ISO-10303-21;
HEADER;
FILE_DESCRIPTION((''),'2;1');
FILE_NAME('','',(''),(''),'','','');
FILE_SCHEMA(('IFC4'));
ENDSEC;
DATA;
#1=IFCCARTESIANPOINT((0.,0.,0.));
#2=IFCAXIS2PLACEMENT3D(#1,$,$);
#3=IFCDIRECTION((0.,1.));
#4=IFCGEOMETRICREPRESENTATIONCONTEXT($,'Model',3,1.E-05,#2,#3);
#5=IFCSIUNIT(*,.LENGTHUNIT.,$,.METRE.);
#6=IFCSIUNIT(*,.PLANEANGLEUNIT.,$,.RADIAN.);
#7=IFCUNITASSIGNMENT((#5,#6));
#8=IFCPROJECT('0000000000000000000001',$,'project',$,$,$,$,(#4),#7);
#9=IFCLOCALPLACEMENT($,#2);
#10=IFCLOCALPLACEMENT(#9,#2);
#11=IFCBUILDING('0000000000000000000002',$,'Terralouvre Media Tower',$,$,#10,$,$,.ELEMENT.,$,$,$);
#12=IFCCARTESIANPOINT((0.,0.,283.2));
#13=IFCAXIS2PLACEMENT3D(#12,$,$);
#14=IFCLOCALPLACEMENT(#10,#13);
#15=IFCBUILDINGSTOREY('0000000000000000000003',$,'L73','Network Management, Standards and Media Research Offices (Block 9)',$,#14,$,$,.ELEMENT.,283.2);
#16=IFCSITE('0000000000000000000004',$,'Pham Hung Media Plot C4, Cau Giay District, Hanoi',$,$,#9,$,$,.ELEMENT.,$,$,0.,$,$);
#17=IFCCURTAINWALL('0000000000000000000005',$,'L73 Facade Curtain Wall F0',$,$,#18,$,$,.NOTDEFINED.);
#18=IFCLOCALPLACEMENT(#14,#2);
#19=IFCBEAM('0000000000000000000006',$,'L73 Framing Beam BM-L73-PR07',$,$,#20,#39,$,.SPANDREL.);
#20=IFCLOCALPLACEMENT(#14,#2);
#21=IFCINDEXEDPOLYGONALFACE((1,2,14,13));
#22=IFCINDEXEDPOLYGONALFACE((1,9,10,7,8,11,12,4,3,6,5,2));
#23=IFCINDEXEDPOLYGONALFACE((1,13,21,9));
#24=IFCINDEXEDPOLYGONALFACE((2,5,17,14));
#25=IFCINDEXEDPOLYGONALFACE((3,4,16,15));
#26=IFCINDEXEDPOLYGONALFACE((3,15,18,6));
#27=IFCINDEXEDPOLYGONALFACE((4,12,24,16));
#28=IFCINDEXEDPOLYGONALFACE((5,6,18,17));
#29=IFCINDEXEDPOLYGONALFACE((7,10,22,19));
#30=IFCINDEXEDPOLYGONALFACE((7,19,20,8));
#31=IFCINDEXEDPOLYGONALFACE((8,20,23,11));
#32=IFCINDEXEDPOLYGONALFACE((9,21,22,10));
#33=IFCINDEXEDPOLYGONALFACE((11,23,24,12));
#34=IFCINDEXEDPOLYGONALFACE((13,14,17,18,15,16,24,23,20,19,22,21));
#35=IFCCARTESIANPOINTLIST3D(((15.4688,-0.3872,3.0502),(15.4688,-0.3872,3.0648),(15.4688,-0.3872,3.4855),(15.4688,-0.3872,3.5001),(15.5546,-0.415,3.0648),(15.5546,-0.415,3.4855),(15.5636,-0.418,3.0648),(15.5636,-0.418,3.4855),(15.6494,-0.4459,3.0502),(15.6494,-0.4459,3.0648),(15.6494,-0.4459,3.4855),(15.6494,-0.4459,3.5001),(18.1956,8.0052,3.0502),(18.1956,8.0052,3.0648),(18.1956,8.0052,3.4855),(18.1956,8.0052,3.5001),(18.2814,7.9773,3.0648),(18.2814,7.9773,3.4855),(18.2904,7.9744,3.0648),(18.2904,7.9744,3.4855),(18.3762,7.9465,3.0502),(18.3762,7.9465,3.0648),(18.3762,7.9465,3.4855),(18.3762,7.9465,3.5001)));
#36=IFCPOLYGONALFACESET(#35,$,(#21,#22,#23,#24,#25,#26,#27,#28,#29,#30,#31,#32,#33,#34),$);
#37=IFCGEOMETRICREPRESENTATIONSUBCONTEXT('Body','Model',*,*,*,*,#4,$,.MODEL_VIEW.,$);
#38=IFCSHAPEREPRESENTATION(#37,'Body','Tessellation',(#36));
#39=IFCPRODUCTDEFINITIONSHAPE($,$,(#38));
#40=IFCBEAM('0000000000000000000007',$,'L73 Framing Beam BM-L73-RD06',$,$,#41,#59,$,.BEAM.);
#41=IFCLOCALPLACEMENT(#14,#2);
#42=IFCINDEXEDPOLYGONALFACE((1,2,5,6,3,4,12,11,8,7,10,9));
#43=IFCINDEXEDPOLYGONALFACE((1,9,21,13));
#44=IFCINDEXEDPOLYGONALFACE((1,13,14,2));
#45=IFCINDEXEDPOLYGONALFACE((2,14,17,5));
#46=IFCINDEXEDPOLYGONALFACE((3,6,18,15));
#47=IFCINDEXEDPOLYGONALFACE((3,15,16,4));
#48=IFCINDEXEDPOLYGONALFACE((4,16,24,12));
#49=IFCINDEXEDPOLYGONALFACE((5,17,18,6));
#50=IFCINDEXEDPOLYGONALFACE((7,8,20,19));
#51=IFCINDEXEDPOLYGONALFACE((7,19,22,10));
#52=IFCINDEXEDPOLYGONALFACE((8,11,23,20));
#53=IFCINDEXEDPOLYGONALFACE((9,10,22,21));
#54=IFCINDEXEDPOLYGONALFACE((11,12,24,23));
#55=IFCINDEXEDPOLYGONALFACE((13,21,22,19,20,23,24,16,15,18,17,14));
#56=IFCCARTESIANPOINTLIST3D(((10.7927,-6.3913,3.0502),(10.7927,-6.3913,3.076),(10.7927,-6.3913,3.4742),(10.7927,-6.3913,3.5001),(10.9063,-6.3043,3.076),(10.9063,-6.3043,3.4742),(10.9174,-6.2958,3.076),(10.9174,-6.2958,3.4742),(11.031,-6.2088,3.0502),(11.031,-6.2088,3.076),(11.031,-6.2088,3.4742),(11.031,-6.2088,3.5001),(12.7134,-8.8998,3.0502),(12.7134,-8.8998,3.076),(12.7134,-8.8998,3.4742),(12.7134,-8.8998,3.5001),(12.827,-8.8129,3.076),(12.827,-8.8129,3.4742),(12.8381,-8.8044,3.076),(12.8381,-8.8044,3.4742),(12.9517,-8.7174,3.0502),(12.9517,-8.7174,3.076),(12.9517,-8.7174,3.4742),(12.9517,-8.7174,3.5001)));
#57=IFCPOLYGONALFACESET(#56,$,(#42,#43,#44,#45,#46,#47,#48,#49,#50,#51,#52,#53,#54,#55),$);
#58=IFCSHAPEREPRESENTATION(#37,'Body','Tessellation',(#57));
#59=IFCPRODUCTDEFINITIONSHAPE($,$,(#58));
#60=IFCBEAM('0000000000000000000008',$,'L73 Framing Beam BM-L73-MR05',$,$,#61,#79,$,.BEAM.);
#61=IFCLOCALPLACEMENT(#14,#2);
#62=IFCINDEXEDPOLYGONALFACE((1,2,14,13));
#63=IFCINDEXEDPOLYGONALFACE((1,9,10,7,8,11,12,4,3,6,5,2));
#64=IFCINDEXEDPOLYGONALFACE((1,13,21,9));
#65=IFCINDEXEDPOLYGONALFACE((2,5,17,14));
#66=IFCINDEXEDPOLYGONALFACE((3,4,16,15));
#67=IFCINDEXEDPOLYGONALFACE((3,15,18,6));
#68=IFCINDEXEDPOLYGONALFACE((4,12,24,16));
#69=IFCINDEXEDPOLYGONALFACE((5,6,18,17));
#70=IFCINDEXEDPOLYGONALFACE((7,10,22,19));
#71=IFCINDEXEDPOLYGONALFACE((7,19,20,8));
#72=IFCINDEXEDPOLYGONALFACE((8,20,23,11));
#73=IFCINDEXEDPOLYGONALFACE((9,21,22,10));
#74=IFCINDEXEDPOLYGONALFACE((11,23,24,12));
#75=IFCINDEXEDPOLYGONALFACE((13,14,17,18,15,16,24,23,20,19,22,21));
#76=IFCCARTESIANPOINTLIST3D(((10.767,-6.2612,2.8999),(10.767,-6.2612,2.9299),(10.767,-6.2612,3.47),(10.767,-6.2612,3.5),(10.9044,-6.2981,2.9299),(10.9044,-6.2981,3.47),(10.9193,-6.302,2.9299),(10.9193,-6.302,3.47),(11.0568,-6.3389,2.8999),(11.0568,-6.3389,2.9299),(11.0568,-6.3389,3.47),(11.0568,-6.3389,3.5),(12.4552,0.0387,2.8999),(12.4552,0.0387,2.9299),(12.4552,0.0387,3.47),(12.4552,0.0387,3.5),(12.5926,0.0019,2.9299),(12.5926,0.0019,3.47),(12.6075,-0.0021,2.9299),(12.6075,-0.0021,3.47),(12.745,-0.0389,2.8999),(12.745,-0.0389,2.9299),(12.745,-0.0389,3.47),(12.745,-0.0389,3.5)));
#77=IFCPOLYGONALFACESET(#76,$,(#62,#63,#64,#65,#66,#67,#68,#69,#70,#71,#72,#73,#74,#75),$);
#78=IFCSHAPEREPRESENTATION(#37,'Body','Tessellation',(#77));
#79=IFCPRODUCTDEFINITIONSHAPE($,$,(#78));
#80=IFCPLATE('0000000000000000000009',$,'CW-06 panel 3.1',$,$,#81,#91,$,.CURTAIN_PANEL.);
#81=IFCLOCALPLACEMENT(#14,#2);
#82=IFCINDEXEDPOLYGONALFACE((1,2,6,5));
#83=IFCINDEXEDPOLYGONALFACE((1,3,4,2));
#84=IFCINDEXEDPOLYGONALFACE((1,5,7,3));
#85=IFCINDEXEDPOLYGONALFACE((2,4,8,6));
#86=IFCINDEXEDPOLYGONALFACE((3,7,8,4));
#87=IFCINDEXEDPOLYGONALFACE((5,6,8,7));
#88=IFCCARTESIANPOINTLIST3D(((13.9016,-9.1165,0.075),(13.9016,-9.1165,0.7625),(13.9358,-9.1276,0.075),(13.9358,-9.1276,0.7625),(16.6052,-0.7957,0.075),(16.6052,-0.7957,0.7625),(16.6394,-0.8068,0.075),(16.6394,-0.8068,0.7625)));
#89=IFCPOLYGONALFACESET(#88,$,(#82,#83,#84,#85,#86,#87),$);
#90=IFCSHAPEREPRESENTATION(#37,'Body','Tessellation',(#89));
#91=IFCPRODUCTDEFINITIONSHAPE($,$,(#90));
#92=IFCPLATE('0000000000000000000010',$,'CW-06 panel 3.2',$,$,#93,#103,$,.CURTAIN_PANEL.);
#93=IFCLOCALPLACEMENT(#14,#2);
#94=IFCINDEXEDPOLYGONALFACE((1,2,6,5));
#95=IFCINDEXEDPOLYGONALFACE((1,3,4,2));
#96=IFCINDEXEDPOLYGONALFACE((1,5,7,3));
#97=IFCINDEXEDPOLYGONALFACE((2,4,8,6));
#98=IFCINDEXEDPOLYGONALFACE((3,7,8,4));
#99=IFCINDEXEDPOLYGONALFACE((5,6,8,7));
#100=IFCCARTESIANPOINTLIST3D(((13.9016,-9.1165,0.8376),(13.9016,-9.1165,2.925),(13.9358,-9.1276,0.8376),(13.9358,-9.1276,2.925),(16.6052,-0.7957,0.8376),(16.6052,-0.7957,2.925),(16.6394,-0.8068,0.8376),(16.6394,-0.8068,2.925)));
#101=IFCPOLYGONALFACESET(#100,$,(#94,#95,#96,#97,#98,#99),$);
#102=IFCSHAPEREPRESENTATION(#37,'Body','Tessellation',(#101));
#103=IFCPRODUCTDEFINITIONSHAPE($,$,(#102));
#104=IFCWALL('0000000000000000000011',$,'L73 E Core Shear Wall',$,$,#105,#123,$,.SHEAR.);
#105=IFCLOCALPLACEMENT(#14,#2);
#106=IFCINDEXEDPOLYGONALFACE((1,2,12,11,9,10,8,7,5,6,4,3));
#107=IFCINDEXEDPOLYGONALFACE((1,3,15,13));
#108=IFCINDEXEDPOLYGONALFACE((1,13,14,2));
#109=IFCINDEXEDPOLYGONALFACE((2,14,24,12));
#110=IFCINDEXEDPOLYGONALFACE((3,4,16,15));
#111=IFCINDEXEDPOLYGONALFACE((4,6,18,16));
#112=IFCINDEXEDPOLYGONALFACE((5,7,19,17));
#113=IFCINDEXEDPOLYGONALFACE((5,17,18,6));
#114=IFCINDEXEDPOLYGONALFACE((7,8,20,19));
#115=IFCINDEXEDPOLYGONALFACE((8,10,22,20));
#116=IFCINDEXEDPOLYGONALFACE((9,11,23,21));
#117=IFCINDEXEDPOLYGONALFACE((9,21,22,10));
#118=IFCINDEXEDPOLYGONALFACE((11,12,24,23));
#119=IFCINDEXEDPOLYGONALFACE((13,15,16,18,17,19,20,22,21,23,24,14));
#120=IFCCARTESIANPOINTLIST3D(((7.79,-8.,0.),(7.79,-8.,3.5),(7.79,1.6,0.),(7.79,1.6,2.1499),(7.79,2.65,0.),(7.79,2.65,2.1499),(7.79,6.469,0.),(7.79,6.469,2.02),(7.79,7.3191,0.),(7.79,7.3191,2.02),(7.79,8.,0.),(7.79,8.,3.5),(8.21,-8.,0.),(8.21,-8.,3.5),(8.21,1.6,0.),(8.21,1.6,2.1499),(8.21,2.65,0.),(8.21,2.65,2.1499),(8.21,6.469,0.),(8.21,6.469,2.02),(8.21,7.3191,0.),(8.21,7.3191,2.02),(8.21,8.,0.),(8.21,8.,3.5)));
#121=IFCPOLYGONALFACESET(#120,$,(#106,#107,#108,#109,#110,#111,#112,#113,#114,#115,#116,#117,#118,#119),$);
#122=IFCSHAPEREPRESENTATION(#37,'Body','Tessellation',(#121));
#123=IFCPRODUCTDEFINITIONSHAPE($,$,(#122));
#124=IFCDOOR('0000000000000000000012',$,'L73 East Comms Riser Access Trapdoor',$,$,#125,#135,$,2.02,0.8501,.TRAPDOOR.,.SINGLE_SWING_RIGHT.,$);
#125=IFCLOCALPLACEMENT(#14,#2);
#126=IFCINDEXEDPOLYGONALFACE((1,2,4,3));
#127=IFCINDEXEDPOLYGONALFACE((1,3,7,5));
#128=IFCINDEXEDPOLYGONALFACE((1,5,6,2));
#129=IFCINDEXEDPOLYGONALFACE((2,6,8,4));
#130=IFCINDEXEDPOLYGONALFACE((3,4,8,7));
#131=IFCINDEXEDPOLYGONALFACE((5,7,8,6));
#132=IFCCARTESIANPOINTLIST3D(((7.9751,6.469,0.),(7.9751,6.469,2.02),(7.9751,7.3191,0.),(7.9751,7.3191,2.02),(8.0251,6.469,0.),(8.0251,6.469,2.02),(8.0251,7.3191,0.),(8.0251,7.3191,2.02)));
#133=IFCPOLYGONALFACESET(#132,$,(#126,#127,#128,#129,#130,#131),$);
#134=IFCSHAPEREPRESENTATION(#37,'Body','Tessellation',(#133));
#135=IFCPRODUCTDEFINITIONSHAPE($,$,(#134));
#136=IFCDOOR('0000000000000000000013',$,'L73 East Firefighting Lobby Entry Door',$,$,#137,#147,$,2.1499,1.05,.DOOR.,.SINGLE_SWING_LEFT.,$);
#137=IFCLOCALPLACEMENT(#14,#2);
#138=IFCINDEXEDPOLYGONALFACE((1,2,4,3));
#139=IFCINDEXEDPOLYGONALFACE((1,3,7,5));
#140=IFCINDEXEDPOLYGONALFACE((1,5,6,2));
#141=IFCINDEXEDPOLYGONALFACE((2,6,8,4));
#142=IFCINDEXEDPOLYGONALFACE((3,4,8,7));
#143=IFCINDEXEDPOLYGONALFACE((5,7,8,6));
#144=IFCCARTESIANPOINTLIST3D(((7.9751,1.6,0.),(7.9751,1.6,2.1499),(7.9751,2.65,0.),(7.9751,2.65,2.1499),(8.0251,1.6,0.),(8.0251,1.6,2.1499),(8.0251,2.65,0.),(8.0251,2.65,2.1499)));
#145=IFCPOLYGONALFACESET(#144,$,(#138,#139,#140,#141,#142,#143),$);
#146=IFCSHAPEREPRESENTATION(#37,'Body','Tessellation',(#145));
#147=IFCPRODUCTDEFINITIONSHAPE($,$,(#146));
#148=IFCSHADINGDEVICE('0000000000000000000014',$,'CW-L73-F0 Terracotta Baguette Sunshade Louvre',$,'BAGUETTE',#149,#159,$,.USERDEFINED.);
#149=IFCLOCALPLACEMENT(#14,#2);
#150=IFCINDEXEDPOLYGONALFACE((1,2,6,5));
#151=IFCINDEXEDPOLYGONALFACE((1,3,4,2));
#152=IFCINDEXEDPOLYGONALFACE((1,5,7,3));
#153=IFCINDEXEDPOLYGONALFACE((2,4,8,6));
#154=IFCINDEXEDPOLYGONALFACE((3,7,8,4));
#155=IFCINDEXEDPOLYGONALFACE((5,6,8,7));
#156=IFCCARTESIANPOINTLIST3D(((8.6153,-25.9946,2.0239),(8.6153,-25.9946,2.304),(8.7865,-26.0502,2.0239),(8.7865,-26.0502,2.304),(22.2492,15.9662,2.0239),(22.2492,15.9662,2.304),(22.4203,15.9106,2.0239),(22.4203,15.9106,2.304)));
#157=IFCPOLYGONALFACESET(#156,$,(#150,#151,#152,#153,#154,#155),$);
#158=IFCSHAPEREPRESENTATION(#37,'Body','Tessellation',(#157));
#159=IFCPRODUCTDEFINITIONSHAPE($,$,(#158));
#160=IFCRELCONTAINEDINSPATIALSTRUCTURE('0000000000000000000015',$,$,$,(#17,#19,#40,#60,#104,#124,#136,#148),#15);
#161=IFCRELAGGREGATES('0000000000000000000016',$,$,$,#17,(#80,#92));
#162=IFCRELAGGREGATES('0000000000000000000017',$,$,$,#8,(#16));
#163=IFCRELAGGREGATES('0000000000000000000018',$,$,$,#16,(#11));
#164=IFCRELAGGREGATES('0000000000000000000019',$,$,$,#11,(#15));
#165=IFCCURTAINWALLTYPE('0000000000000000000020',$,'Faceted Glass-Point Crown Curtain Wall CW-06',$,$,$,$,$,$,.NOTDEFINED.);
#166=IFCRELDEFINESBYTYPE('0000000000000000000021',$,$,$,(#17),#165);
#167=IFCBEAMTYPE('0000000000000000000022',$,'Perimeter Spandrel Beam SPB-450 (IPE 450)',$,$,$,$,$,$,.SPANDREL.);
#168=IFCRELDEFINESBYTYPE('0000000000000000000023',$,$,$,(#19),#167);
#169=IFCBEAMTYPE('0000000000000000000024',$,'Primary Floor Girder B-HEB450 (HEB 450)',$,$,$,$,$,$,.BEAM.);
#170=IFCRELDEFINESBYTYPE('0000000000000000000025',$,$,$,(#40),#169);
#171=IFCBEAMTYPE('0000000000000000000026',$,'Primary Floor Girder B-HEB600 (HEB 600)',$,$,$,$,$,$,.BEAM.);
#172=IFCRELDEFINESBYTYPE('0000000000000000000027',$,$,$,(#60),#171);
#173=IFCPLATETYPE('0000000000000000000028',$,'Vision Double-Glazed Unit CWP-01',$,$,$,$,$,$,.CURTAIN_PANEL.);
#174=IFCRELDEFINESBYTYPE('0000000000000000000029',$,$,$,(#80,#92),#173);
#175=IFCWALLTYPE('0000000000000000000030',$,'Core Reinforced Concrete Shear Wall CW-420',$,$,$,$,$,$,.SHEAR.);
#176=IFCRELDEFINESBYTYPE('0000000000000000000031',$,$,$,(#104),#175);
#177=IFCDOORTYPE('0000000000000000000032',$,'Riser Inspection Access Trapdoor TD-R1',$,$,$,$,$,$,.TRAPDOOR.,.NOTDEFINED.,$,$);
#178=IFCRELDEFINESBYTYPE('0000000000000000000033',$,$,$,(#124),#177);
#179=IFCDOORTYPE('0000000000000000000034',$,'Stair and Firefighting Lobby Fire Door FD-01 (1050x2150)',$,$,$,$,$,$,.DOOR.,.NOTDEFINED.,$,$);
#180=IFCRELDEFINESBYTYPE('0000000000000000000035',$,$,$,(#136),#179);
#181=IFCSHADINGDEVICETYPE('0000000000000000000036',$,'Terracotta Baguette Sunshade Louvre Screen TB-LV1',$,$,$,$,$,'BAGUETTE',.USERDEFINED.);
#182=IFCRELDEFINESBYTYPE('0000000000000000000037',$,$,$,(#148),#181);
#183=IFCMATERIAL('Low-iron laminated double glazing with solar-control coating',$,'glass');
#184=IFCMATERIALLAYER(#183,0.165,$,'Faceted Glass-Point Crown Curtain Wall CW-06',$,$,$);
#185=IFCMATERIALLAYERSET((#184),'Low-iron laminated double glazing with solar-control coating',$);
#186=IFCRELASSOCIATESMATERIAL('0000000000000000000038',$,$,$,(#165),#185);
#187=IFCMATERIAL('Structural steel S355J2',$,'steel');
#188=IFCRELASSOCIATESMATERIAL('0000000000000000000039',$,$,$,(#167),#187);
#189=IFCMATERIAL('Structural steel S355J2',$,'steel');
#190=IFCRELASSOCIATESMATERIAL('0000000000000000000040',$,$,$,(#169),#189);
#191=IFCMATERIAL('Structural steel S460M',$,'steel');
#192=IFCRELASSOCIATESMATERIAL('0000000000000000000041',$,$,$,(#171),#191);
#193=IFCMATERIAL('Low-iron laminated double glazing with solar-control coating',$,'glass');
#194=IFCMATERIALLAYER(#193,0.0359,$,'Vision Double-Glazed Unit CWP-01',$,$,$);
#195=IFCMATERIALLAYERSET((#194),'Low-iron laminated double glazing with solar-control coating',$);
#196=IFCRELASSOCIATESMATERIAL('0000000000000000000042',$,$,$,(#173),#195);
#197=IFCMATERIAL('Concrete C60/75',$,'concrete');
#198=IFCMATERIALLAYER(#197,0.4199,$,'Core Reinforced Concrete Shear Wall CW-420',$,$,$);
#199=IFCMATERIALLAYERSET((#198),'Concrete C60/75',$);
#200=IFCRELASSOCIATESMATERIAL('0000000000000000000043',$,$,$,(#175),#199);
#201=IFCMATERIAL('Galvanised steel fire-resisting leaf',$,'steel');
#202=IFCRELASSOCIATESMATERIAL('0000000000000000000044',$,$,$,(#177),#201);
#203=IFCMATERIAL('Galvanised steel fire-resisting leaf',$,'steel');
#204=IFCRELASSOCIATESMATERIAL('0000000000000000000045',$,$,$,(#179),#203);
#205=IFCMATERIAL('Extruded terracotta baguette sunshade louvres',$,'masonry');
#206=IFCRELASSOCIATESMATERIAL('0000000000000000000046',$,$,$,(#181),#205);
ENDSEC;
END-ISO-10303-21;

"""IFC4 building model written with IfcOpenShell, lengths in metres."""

from ifc_helpers import new_model, si_unit, direction, frame, frame_2d, origin, origin_2d, place, context, subcontext, project, spatial, rectangle, i_section, extrude, material, layer, layer_set, material_profile, profile_set, type_object, element, fill, aggregate, save


model = new_model("IFC4")

# Units and contexts
model_context = context("Model", 3, precision=1e-05, world=origin(), true_north=direction((0.0, 1.0)))
body_context = subcontext(model_context, "Body", "Model", "MODEL_VIEW")
ifc_project = project(units=[si_unit("LENGTHUNIT", "METRE"), si_unit("PLANEANGLEUNIT", "RADIAN")], contexts=[model_context])

# Site, building, storey
site_placement = place(None, origin())
site = spatial("IfcSite", under=ifc_project, at=site_placement, Name="Pham Hung Media Plot C4, Cau Giay District, Hanoi", CompositionType="ELEMENT", RefElevation=0.0)
building_placement = place(site_placement, origin())
building = spatial("IfcBuilding", under=site, at=building_placement, Name="Terralouvre Media Tower", CompositionType="ELEMENT")
storey_placement = place(building_placement, frame((0.0, 0.0, 283.2)))
storey = spatial("IfcBuildingStorey", under=building, at=storey_placement, Name="L73", Description="Network Management, Standards and Media Research Offices (Block 9)", CompositionType="ELEMENT", Elevation=283.2)

# Curtain wall
ifc_material_1 = material(Name="Low-iron laminated double glazing with solar-control coating", Category="glass")
ifc_layer_1 = layer(ifc_material_1, 0.165, Name="Faceted Glass-Point Crown Curtain Wall CW-06")
ifc_layer_set_1 = layer_set([ifc_layer_1], Name="Low-iron laminated double glazing with solar-control coating")
curtain_wall_type = type_object("IfcCurtainWallType", Name="Faceted Glass-Point Crown Curtain Wall CW-06", PredefinedType="NOTDEFINED", material=ifc_layer_set_1)
curtain_wall_placement = place(storey_placement, origin())
curtain_wall = element("IfcCurtainWall", 1, at=curtain_wall_placement, inside=storey, type_object=curtain_wall_type, Name="L73 Facade Curtain Wall F0", PredefinedType="NOTDEFINED")

# Beams
ifc_material_2 = material(Name="Structural steel S355J2", Category="steel")
ifc_material_profile_1 = material_profile(ifc_material_2, i_section(OverallWidth=0.1899, OverallDepth=0.45, WebThickness=0.0095, FlangeThickness=0.0146, at=origin_2d()), Name="IPE 450")
ifc_profile_set_1 = profile_set([ifc_material_profile_1], Name="Structural steel S355J2")
beam_type_1 = type_object("IfcBeamType", Name="Perimeter Spandrel Beam SPB-450 (IPE 450)", PredefinedType="SPANDREL", material=ifc_profile_set_1)
beam_1_placement = place(storey_placement, frame((15.5591, -0.4165, 3.2751), z_axis=(0.309014, 0.951057, 0.0), x_axis=(-0.951057, 0.309014, 0.0)))
element("IfcBeam", 2, at=beam_1_placement, inside=storey, type_object=beam_type_1, Name="L73 Framing Beam BM-L73-PR07", PredefinedType="SPANDREL", context=body_context, shape_type="SweptSolid", body=[
    extrude(i_section(OverallWidth=0.1899, OverallDepth=0.45, WebThickness=0.0095, FlangeThickness=0.0146, at=origin_2d()), origin(), (0.0, 0.0, 1.0), 8.8242),
])
ifc_material_3 = material(Name="Structural steel S355J2", Category="steel")
ifc_material_profile_2 = material_profile(ifc_material_3, i_section(OverallWidth=0.3, OverallDepth=0.45, WebThickness=0.0139, FlangeThickness=0.0259, at=origin_2d()), Name="HEB 450")
ifc_profile_set_2 = profile_set([ifc_material_profile_2], Name="Structural steel S355J2")
beam_type_2 = type_object("IfcBeamType", Name="Primary Floor Girder B-HEB450 (HEB 450)", PredefinedType="BEAM", material=ifc_profile_set_2)
beam_2_placement = place(storey_placement, frame((10.9119, -6.3, 3.2751), z_axis=(0.60792, -0.793998, 0.0), x_axis=(0.793998, 0.60792, 0.0)))
element("IfcBeam", 3, at=beam_2_placement, inside=storey, type_object=beam_type_2, Name="L73 Framing Beam BM-L73-RD06", PredefinedType="BEAM", context=body_context, shape_type="SweptSolid", body=[
    extrude(i_section(OverallWidth=0.3, OverallDepth=0.45, WebThickness=0.0139, FlangeThickness=0.0259, at=origin_2d()), origin(), (0.0, 0.0, 1.0), 3.1594),
])
ifc_material_4 = material(Name="Structural steel S460M", Category="steel")
ifc_material_profile_3 = material_profile(ifc_material_4, i_section(OverallWidth=0.3, OverallDepth=0.6001, WebThickness=0.0154, FlangeThickness=0.03, at=origin_2d()), Name="HEB 600")
ifc_profile_set_3 = profile_set([ifc_material_profile_3], Name="Structural steel S460M")
beam_type_3 = type_object("IfcBeamType", Name="Primary Floor Girder B-HEB600 (HEB 600)", PredefinedType="BEAM", material=ifc_profile_set_3)
beam_3_placement = place(storey_placement, frame((10.9119, -6.3, 3.2), z_axis=(0.258839, 0.96592, 0.0), x_axis=(-0.96592, 0.258839, 0.0)))
element("IfcBeam", 4, at=beam_3_placement, inside=storey, type_object=beam_type_3, Name="L73 Framing Beam BM-L73-MR05", PredefinedType="BEAM", context=body_context, shape_type="SweptSolid", body=[
    extrude(i_section(OverallWidth=0.3, OverallDepth=0.6001, WebThickness=0.0154, FlangeThickness=0.03, at=origin_2d()), origin(), (0.0, 0.0, 1.0), 6.5222),
])

# Plates
ifc_material_5 = material(Name="Low-iron laminated double glazing with solar-control coating", Category="glass")
ifc_layer_2 = layer(ifc_material_5, 0.0359, Name="Vision Double-Glazed Unit CWP-01")
ifc_layer_set_2 = layer_set([ifc_layer_2], Name="Low-iron laminated double glazing with solar-control coating")
plate_type = type_object("IfcPlateType", Name="Vision Double-Glazed Unit CWP-01", PredefinedType="CURTAIN_PANEL", material=ifc_layer_set_2)
plate_1_placement = place(storey_placement, frame((15.2705, -4.9617, 0.075), z_axis=(0.0, 0.0, 1.0), x_axis=(0.309017, 0.951057, 0.0)))
plate_1 = element("IfcPlate", 5, at=plate_1_placement, type_object=plate_type, Name="CW-06 panel 3.1", PredefinedType="CURTAIN_PANEL", context=body_context, shape_type="SweptSolid", body=[
    extrude(rectangle(XDim=8.749, YDim=0.0359, at=origin_2d()), origin(), (0.0, 0.0, 1.0), 0.6875),
])
plate_2_placement = place(storey_placement, frame((15.2705, -4.9617, 0.8376), z_axis=(0.0, 0.0, 1.0), x_axis=(0.309017, 0.951057, 0.0)))
plate_2 = element("IfcPlate", 6, at=plate_2_placement, type_object=plate_type, Name="CW-06 panel 3.2", PredefinedType="CURTAIN_PANEL", context=body_context, shape_type="SweptSolid", body=[
    extrude(rectangle(XDim=8.749, YDim=0.0359, at=origin_2d()), origin(), (0.0, 0.0, 1.0), 2.0874),
])
aggregate(curtain_wall, [plate_1, plate_2])

# Wall, openings, doors
ifc_material_6 = material(Name="Concrete C60/75", Category="concrete")
ifc_layer_3 = layer(ifc_material_6, 0.4199, Name="Core Reinforced Concrete Shear Wall CW-420")
ifc_layer_set_3 = layer_set([ifc_layer_3], Name="Concrete C60/75")
wall_type = type_object("IfcWallType", Name="Core Reinforced Concrete Shear Wall CW-420", PredefinedType="SHEAR", material=ifc_layer_set_3)
wall_placement = place(storey_placement, frame((8.0, -8.0, 0.0), z_axis=(0.0, 0.0, 1.0), x_axis=(0.0, 1.0, 0.0)))
wall = element("IfcWall", 7, at=wall_placement, inside=storey, type_object=wall_type, Name="L73 E Core Shear Wall", PredefinedType="SHEAR", context=body_context, shape_type="SweptSolid", body=[
    extrude(rectangle(XDim=16.0, YDim=0.4199, at=frame_2d((8.0, 0.0))), origin(), (0.0, 0.0, 1.0), 3.5),
])
opening_1_placement = place(wall_placement, frame((9.6001, 0.0, 0.0)))
opening_1 = element("IfcOpeningElement", 8, at=opening_1_placement, cuts=wall, PredefinedType="OPENING", context=body_context, shape_type="SweptSolid", body=[
    extrude(rectangle(XDim=1.05, YDim=2.1499, at=frame_2d((0.5249, 1.075))), frame((0.0, 0.22, 0.0), z_axis=(0.0, -1.0, 0.0), x_axis=(1.0, 0.0, 0.0)), (0.0, 0.0, 1.0), 0.4399),
])
opening_2_placement = place(wall_placement, frame((14.469, 0.0, 0.0)))
opening_2 = element("IfcOpeningElement", 9, at=opening_2_placement, cuts=wall, PredefinedType="OPENING", context=body_context, shape_type="SweptSolid", body=[
    extrude(rectangle(XDim=0.8501, YDim=2.02, at=frame_2d((0.425, 1.01))), frame((0.0, 0.22, 0.0), z_axis=(0.0, -1.0, 0.0), x_axis=(1.0, 0.0, 0.0)), (0.0, 0.0, 1.0), 0.4399),
])
ifc_material_7 = material(Name="Galvanised steel fire-resisting leaf", Category="steel")
door_type_1 = type_object("IfcDoorType", Name="Riser Inspection Access Trapdoor TD-R1", OperationType="NOTDEFINED", PredefinedType="TRAPDOOR", material=ifc_material_7)
door_1_placement = place(opening_2_placement, origin())
door_1 = element("IfcDoor", 10, at=door_1_placement, inside=storey, type_object=door_type_1, Name="L73 East Comms Riser Access Trapdoor", OperationType="SINGLE_SWING_RIGHT", OverallHeight=2.02, OverallWidth=0.8501, PredefinedType="TRAPDOOR", context=body_context, shape_type="SweptSolid", body=[
    extrude(rectangle(XDim=0.8501, YDim=2.02, at=frame_2d((0.425, 1.01))), frame((0.0, 0.0249, 0.0), z_axis=(0.0, -1.0, 0.0), x_axis=(1.0, 0.0, 0.0)), (0.0, 0.0, 1.0), 0.05),
])
fill(opening_2, door_1)
ifc_material_8 = material(Name="Galvanised steel fire-resisting leaf", Category="steel")
door_type_2 = type_object("IfcDoorType", Name="Stair and Firefighting Lobby Fire Door FD-01 (1050x2150)", OperationType="NOTDEFINED", PredefinedType="DOOR", material=ifc_material_8)
door_2_placement = place(opening_1_placement, origin())
door_2 = element("IfcDoor", 11, at=door_2_placement, inside=storey, type_object=door_type_2, Name="L73 East Firefighting Lobby Entry Door", OperationType="SINGLE_SWING_LEFT", OverallHeight=2.1499, OverallWidth=1.05, PredefinedType="DOOR", context=body_context, shape_type="SweptSolid", body=[
    extrude(rectangle(XDim=1.05, YDim=2.1499, at=frame_2d((0.5249, 1.075))), frame((0.0, 0.0249, 0.0), z_axis=(0.0, -1.0, 0.0), x_axis=(1.0, 0.0, 0.0)), (0.0, 0.0, 1.0), 0.05),
])
fill(opening_1, door_2)

# Shading device
ifc_material_9 = material(Name="Extruded terracotta baguette sunshade louvres", Category="masonry")
shading_device_type = type_object("IfcShadingDeviceType", Name="Terracotta Baguette Sunshade Louvre Screen TB-LV1", ElementType="BAGUETTE", PredefinedType="USERDEFINED", material=ifc_material_9)
shading_device_placement = place(storey_placement, frame((15.5178, -5.042, 2.0239), z_axis=(0.0, 0.0, 1.0), x_axis=(0.309017, 0.951057, 0.0)))
element("IfcShadingDevice", 12, at=shading_device_placement, inside=storey, type_object=shading_device_type, Name="CW-L73-F0 Terracotta Baguette Sunshade Louvre", ObjectType="BAGUETTE", PredefinedType="USERDEFINED", context=body_context, shape_type="SweptSolid", body=[
    extrude(rectangle(XDim=44.1201, YDim=0.1799, at=origin_2d()), origin(), (0.0, 0.0, 1.0), 0.28),
])

save(model, "model.ifc")
